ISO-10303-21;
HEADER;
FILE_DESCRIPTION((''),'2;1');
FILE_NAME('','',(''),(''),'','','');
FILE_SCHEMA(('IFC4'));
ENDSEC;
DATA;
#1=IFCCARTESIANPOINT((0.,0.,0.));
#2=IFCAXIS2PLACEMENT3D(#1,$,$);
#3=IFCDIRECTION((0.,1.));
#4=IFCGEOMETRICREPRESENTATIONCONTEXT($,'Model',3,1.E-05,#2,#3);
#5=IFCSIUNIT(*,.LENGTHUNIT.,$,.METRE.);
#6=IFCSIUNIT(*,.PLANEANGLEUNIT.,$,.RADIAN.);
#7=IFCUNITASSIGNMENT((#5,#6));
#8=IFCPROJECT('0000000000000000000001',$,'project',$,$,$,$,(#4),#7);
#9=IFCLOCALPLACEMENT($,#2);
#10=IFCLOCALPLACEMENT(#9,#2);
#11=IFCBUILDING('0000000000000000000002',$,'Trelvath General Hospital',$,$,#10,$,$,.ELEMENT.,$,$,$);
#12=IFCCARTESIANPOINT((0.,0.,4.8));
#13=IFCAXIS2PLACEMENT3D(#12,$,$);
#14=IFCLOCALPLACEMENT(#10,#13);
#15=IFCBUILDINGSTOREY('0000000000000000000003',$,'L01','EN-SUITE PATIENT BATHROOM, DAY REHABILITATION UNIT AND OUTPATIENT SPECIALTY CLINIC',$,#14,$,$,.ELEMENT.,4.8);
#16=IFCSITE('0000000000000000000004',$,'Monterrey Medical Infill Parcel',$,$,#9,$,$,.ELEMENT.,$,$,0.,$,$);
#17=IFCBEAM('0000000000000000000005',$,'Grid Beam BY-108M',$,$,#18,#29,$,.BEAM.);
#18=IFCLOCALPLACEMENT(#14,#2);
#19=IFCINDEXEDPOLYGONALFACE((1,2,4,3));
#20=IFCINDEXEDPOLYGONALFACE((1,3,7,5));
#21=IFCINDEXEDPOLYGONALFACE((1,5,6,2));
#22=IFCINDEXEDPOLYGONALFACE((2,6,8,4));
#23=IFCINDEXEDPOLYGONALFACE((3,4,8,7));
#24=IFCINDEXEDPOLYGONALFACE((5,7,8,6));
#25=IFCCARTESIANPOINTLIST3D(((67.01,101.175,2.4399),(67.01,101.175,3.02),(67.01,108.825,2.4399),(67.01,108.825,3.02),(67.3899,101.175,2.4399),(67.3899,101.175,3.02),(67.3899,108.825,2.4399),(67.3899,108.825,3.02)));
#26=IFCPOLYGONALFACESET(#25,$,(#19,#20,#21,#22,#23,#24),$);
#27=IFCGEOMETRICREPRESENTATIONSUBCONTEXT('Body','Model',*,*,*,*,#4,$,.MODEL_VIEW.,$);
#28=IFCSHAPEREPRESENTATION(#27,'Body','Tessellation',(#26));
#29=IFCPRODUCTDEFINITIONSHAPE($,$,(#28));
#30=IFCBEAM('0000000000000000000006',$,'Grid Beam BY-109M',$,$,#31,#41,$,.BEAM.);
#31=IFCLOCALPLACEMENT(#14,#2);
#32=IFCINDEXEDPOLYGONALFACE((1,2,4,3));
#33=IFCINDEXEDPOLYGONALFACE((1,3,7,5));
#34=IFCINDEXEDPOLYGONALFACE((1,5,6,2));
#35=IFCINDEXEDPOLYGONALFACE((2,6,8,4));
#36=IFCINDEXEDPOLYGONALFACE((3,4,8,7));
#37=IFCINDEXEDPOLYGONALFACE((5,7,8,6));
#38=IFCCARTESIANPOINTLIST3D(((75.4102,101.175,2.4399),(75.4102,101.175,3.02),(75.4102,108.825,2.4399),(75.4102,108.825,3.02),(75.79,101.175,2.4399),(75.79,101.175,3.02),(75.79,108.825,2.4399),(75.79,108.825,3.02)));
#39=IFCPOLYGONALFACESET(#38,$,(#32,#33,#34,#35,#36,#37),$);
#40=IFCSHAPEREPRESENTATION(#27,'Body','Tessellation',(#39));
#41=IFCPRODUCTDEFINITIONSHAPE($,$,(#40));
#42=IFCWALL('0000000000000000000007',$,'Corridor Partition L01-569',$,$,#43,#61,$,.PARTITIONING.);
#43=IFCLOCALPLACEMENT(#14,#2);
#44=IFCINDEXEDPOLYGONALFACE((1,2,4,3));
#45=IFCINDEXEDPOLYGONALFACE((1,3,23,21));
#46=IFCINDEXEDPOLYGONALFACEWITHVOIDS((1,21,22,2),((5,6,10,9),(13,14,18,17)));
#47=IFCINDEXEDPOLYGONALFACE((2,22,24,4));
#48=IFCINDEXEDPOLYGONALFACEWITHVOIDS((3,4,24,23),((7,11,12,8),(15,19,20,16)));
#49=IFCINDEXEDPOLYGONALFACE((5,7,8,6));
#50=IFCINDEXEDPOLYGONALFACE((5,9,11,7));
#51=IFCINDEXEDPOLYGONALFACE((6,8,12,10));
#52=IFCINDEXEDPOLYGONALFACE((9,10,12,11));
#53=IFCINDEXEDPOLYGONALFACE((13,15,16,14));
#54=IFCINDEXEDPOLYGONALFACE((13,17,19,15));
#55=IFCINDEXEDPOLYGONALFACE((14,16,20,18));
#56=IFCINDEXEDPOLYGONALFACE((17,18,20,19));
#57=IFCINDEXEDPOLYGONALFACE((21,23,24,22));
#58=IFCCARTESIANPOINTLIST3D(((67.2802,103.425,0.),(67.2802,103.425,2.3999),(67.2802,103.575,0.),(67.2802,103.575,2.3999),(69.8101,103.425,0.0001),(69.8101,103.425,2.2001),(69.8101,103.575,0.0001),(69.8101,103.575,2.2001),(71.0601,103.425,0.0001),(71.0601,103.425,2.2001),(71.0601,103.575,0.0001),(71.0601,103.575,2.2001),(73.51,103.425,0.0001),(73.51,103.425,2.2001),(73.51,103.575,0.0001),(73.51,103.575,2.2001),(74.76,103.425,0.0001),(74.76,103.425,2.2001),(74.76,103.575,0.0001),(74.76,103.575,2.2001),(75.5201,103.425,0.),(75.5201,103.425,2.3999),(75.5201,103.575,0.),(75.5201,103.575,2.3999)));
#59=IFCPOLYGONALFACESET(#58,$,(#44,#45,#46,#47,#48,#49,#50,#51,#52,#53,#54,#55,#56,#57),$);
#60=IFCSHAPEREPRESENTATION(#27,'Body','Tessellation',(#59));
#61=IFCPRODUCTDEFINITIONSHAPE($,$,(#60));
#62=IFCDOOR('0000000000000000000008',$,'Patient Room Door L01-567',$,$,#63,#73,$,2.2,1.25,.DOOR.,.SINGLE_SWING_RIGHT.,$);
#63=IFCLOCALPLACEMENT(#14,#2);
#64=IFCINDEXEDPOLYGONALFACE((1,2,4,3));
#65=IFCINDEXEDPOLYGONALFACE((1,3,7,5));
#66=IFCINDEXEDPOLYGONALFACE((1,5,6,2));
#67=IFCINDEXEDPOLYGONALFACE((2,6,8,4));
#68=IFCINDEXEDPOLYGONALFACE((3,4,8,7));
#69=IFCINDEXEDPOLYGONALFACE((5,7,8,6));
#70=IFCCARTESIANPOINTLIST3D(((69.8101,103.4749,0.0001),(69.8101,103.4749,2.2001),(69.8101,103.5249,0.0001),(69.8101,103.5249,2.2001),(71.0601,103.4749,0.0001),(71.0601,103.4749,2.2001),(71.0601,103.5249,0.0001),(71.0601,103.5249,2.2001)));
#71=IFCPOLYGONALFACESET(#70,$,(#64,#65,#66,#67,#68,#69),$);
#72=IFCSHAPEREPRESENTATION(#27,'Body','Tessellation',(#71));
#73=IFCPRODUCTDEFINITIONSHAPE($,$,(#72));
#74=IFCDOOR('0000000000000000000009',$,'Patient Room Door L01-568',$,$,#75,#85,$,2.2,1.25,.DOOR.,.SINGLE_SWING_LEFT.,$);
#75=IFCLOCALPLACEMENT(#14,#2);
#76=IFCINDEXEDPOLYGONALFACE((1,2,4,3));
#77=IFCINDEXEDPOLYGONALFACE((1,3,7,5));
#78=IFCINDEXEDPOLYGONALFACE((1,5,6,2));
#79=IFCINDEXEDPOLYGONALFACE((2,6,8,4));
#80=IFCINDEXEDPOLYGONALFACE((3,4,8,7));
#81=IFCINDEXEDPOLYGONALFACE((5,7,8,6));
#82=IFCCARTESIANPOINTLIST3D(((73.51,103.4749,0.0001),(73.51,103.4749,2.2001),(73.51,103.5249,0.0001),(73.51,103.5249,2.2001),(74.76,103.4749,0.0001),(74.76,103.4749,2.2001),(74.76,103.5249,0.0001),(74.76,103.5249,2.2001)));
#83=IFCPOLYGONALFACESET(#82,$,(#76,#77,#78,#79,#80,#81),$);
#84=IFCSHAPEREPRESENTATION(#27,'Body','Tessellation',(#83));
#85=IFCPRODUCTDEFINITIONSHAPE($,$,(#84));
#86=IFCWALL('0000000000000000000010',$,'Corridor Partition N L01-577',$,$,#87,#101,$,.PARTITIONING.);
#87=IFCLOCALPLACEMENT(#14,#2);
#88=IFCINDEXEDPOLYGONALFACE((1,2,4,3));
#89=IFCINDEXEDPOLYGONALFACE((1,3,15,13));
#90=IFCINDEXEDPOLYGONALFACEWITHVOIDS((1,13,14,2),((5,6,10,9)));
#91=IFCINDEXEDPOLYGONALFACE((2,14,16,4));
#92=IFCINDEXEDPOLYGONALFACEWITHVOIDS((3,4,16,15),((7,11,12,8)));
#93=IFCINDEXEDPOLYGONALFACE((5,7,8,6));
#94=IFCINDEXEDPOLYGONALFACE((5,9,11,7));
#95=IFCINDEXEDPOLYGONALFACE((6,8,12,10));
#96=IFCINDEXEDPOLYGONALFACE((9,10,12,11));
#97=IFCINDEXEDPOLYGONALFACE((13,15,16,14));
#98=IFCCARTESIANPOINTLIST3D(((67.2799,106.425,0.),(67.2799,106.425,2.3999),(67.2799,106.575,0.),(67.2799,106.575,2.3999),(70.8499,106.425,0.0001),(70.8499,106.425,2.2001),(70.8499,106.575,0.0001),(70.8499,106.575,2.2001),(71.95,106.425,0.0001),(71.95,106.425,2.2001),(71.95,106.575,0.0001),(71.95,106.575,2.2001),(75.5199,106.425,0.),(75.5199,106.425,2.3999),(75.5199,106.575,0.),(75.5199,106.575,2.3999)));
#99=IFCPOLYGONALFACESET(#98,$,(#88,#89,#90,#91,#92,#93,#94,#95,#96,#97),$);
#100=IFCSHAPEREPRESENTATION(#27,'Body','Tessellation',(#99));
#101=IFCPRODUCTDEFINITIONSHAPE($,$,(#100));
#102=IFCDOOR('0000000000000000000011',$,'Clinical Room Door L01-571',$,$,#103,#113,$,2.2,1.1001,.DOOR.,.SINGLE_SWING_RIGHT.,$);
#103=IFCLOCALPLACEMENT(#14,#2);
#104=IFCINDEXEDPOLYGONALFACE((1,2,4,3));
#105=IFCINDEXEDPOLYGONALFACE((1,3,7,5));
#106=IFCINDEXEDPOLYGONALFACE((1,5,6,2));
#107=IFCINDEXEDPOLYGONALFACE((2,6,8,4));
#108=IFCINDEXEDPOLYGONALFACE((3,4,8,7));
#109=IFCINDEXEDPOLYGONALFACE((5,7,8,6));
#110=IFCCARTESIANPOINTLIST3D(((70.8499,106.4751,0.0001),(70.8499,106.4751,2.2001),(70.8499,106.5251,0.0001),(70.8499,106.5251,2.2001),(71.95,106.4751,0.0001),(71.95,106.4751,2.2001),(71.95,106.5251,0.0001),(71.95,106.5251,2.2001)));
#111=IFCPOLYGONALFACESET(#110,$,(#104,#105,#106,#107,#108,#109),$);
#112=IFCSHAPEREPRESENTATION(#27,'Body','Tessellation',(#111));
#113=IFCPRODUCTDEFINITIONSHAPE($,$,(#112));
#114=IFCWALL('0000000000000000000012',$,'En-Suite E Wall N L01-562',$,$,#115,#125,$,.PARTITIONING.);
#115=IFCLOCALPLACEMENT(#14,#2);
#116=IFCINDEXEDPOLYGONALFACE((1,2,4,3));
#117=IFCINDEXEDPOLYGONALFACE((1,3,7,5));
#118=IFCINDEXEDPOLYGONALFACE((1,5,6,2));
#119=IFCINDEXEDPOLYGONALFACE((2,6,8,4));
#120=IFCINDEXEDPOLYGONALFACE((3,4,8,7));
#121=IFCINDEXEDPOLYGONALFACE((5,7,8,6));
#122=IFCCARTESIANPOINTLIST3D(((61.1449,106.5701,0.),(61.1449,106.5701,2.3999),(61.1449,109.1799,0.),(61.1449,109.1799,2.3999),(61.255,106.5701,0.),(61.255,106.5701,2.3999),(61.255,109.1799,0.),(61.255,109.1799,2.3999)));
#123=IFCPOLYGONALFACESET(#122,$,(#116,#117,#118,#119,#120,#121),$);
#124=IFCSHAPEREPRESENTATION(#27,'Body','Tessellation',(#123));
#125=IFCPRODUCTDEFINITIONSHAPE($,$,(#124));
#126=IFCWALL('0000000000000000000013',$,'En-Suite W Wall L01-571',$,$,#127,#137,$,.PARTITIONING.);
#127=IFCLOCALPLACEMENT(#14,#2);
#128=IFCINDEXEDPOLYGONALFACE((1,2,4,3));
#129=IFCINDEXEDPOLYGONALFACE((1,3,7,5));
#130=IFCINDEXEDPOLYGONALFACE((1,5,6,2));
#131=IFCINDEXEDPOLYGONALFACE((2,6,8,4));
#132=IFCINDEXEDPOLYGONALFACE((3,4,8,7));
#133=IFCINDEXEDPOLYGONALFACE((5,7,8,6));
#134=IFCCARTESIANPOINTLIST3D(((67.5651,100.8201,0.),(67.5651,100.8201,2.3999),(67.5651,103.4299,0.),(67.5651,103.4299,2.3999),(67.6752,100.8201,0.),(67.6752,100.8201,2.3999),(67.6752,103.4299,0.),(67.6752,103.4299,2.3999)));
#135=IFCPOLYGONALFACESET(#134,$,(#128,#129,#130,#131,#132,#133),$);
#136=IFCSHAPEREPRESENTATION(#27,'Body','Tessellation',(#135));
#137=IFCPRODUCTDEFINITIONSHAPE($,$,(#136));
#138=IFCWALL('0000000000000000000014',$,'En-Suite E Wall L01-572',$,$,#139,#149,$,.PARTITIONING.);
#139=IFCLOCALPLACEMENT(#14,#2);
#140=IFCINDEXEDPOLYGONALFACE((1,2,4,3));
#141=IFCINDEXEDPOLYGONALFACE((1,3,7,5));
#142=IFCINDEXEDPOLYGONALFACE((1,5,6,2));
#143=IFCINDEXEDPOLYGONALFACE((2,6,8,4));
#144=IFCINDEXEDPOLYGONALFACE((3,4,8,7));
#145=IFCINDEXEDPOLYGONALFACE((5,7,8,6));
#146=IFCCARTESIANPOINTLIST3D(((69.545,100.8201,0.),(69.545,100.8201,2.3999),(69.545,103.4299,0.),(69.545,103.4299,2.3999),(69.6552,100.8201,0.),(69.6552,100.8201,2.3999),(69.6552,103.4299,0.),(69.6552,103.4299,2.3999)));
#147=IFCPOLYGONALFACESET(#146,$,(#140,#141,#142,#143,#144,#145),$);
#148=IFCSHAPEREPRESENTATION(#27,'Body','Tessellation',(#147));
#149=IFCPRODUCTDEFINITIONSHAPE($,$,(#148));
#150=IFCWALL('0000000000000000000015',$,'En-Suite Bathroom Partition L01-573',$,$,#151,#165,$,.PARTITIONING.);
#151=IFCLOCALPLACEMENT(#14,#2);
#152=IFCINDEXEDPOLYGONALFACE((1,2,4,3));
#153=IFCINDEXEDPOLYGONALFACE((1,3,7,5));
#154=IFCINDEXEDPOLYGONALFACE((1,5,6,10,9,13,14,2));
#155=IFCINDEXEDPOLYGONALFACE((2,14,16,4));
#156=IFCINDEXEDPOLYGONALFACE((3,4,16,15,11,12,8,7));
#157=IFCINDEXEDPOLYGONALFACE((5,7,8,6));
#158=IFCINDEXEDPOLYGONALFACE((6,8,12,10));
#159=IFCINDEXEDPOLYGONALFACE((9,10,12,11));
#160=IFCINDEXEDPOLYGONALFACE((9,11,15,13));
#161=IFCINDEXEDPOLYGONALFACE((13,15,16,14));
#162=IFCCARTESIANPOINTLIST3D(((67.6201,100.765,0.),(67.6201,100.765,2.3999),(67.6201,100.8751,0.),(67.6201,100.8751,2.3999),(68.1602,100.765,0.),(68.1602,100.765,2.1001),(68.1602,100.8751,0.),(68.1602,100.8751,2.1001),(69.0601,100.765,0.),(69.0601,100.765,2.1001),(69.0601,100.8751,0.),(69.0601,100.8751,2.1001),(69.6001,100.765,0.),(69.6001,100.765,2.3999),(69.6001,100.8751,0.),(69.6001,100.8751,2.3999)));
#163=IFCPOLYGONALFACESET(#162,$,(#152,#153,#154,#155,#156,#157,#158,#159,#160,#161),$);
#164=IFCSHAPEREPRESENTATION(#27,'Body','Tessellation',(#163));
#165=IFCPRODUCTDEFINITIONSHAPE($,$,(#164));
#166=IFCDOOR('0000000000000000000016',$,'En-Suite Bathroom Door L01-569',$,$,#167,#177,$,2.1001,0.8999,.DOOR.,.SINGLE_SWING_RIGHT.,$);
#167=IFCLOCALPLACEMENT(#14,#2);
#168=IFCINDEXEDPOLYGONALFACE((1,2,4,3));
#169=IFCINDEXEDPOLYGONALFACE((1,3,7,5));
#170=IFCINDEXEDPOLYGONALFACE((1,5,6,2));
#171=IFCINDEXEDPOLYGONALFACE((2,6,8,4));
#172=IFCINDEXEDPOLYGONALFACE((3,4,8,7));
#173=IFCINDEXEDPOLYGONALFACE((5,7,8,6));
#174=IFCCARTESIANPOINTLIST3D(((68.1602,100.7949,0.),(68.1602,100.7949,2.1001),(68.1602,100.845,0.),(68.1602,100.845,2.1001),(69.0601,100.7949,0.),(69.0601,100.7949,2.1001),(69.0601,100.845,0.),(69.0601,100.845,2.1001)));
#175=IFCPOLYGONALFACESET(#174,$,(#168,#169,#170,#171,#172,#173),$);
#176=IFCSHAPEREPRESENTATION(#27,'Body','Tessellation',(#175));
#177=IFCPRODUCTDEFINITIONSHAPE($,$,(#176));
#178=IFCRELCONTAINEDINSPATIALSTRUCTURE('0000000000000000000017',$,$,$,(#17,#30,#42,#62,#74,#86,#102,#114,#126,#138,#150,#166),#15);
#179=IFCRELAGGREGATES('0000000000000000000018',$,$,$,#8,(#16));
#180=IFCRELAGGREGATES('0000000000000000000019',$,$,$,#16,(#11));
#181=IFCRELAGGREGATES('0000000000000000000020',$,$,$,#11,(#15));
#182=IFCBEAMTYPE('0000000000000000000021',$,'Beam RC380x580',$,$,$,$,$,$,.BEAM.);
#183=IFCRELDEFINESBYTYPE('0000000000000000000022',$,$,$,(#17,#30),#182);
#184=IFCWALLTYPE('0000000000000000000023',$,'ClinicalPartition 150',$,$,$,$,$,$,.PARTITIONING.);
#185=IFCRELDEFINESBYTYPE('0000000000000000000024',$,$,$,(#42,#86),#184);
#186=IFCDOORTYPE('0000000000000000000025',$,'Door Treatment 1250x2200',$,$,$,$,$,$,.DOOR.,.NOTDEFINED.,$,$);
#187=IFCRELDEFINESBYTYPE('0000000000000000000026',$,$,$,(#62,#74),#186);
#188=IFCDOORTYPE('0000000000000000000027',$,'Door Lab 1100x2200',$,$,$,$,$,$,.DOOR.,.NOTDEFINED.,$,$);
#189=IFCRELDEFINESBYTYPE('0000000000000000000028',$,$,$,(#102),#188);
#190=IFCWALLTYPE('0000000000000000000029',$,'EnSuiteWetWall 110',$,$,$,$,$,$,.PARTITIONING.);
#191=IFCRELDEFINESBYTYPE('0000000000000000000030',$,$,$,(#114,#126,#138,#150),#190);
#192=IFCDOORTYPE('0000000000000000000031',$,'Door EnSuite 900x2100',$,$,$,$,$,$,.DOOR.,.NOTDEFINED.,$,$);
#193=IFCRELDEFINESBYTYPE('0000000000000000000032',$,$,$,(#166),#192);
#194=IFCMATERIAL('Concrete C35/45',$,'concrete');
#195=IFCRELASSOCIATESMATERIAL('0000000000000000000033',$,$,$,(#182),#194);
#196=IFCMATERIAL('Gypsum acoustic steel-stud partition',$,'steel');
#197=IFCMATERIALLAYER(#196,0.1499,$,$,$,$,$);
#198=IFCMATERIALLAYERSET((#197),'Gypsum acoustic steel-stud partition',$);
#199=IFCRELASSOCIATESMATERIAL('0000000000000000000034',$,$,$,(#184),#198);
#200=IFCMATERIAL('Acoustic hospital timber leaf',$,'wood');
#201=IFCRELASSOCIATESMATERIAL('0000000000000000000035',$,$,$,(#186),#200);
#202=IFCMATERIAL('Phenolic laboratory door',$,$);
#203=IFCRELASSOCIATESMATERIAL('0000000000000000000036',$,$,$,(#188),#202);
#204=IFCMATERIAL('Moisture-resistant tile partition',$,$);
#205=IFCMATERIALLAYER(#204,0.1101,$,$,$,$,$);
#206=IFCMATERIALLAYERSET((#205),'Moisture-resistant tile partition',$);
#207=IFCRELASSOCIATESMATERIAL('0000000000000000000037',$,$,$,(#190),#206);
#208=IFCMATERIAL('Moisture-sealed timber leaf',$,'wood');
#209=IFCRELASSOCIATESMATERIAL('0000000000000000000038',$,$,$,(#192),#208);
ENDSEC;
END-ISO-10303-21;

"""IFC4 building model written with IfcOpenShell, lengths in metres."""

from ifc_helpers import new_model, si_unit, direction, frame, frame_2d, origin, origin_2d, place, context, subcontext, project, spatial, rectangle, extrude, material, layer, layer_set, material_profile, profile_set, type_object, element, fill, save


model = new_model("IFC4")

# Units and contexts
model_context = context("Model", 3, precision=1e-05, world=origin(), true_north=direction((0.0, 1.0)))
body_context = subcontext(model_context, "Body", "Model", "MODEL_VIEW")
ifc_project = project(units=[si_unit("LENGTHUNIT", "METRE"), si_unit("PLANEANGLEUNIT", "RADIAN")], contexts=[model_context])

# Site, building, storey
site_placement = place(None, origin())
site = spatial("IfcSite", under=ifc_project, at=site_placement, Name="Monterrey Medical Infill Parcel", CompositionType="ELEMENT", RefElevation=0.0)
building_placement = place(site_placement, origin())
building = spatial("IfcBuilding", under=site, at=building_placement, Name="Trelvath General Hospital", CompositionType="ELEMENT")
storey_placement = place(building_placement, frame((0.0, 0.0, 4.8)))
storey = spatial("IfcBuildingStorey", under=building, at=storey_placement, Name="L01", Description="EN-SUITE PATIENT BATHROOM, DAY REHABILITATION UNIT AND OUTPATIENT SPECIALTY CLINIC", CompositionType="ELEMENT", Elevation=4.8)

# Beams
ifc_material_1 = material(Name="Concrete C35/45", Category="concrete")
ifc_material_profile = material_profile(ifc_material_1, rectangle(XDim=0.3799, YDim=0.5801, at=origin_2d()), Name="RCB380x580")
ifc_profile_set = profile_set([ifc_material_profile], Name="Concrete C35/45")
beam_type = type_object("IfcBeamType", Name="Beam RC380x580", PredefinedType="BEAM", material=ifc_profile_set)
for number, where, z_axis, x_axis, name in (
    (1, (67.2, 101.175, 2.73), (0.0, 1.0, 0.0), (-1.0, 0.0, 0.0), "Grid Beam BY-108M"),
    (2, (75.6001, 101.175, 2.73), (0.0, 1.0, 0.0), (-1.0, 0.0, 0.0), "Grid Beam BY-109M"),
):
    element("IfcBeam", number, at=place(storey_placement, frame(where, z_axis=z_axis, x_axis=x_axis)), inside=storey, type_object=beam_type, Name=name, PredefinedType="BEAM", context=body_context, shape_type="SweptSolid", body=[
        extrude(rectangle(XDim=0.3799, YDim=0.5801, at=origin_2d()), origin(), (0.0, 0.0, 1.0), 7.6499),
    ])

# Wall, openings, doors
ifc_material_2 = material(Name="Gypsum acoustic steel-stud partition", Category="steel")
ifc_layer_1 = layer(ifc_material_2, 0.1499)
ifc_layer_set_1 = layer_set([ifc_layer_1], Name="Gypsum acoustic steel-stud partition")
wall_type_1 = type_object("IfcWallType", Name="ClinicalPartition 150", PredefinedType="PARTITIONING", material=ifc_layer_set_1)
wall_1_placement = place(storey_placement, frame((67.28, 103.5, 0.0), z_axis=(0.0, 0.0, 1.0), x_axis=(1.0, 0.0, 0.0)))
wall_1 = element("IfcWall", 3, at=wall_1_placement, inside=storey, type_object=wall_type_1, Name="Corridor Partition L01-569", PredefinedType="PARTITIONING", context=body_context, shape_type="SweptSolid", body=[
    extrude(rectangle(XDim=8.24, YDim=0.1499, at=frame_2d((4.1201, 0.0))), origin(), (0.0, 0.0, 1.0), 2.3999),
])
opening_1_placement = place(wall_1_placement, frame((2.53, 0.0, 0.0)))
opening_1 = element("IfcOpeningElement", 4, at=opening_1_placement, cuts=wall_1, PredefinedType="OPENING", context=body_context, shape_type="SweptSolid", body=[
    extrude(rectangle(XDim=1.25, YDim=2.2, at=frame_2d((0.625, 1.1001))), frame((0.0, 0.085, 0.0), z_axis=(0.0, -1.0, 0.0), x_axis=(1.0, 0.0, 0.0)), (0.0, 0.0, 1.0), 0.1699),
])
opening_2_placement = place(wall_1_placement, frame((6.23, 0.0, 0.0)))
opening_2 = element("IfcOpeningElement", 5, at=opening_2_placement, cuts=wall_1, PredefinedType="OPENING", context=body_context, shape_type="SweptSolid", body=[
    extrude(rectangle(XDim=1.25, YDim=2.2, at=frame_2d((0.625, 1.1001))), frame((0.0, 0.085, 0.0), z_axis=(0.0, -1.0, 0.0), x_axis=(1.0, 0.0, 0.0)), (0.0, 0.0, 1.0), 0.1699),
])
ifc_material_3 = material(Name="Acoustic hospital timber leaf", Category="wood")
door_type_1 = type_object("IfcDoorType", Name="Door Treatment 1250x2200", OperationType="NOTDEFINED", PredefinedType="DOOR", material=ifc_material_3)
door_1_placement = place(opening_1_placement, origin())
door_1 = element("IfcDoor", 6, at=door_1_placement, inside=storey, type_object=door_type_1, Name="Patient Room Door L01-567", OperationType="SINGLE_SWING_RIGHT", OverallHeight=2.2, OverallWidth=1.25, PredefinedType="DOOR", context=body_context, shape_type="SweptSolid", body=[
    extrude(rectangle(XDim=1.25, YDim=2.2, at=frame_2d((0.625, 1.1001))), frame((0.0, 0.0249, 0.0), z_axis=(0.0, -1.0, 0.0), x_axis=(1.0, 0.0, 0.0)), (0.0, 0.0, 1.0), 0.05),
])
fill(opening_1, door_1)
door_2_placement = place(opening_2_placement, origin())
door_2 = element("IfcDoor", 7, at=door_2_placement, inside=storey, type_object=door_type_1, Name="Patient Room Door L01-568", OperationType="SINGLE_SWING_LEFT", OverallHeight=2.2, OverallWidth=1.25, PredefinedType="DOOR", context=body_context, shape_type="SweptSolid", body=[
    extrude(rectangle(XDim=1.25, YDim=2.2, at=frame_2d((0.625, 1.1001))), frame((0.0, 0.0249, 0.0), z_axis=(0.0, -1.0, 0.0), x_axis=(1.0, 0.0, 0.0)), (0.0, 0.0, 1.0), 0.05),
])
fill(opening_2, door_2)

# Wall, opening, door
wall_2_placement = place(storey_placement, frame((75.52, 106.5, 0.0), z_axis=(0.0, 0.0, 1.0), x_axis=(-1.0, 0.0, 0.0)))
wall_2 = element("IfcWall", 8, at=wall_2_placement, inside=storey, type_object=wall_type_1, Name="Corridor Partition N L01-577", PredefinedType="PARTITIONING", context=body_context, shape_type="SweptSolid", body=[
    extrude(rectangle(XDim=8.24, YDim=0.1499, at=frame_2d((4.1201, 0.0))), origin(), (0.0, 0.0, 1.0), 2.3999),
])
opening_3_placement = place(wall_2_placement, frame((3.5701, 0.0, 0.0)))
opening_3 = element("IfcOpeningElement", 9, at=opening_3_placement, cuts=wall_2, PredefinedType="OPENING", context=body_context, shape_type="SweptSolid", body=[
    extrude(rectangle(XDim=1.1001, YDim=2.2, at=frame_2d((0.55, 1.1001))), frame((0.0, 0.085, 0.0), z_axis=(0.0, -1.0, 0.0), x_axis=(1.0, 0.0, 0.0)), (0.0, 0.0, 1.0), 0.1699),
])
ifc_material_4 = material(Name="Phenolic laboratory door")
door_type_2 = type_object("IfcDoorType", Name="Door Lab 1100x2200", OperationType="NOTDEFINED", PredefinedType="DOOR", material=ifc_material_4)
door_3_placement = place(opening_3_placement, origin())
door_3 = element("IfcDoor", 10, at=door_3_placement, inside=storey, type_object=door_type_2, Name="Clinical Room Door L01-571", OperationType="SINGLE_SWING_RIGHT", OverallHeight=2.2, OverallWidth=1.1001, PredefinedType="DOOR", context=body_context, shape_type="SweptSolid", body=[
    extrude(rectangle(XDim=1.1001, YDim=2.2, at=frame_2d((0.55, 1.1001))), frame((0.0, 0.0249, 0.0), z_axis=(0.0, -1.0, 0.0), x_axis=(1.0, 0.0, 0.0)), (0.0, 0.0, 1.0), 0.05),
])
fill(opening_3, door_3)

# Walls
ifc_material_5 = material(Name="Moisture-resistant tile partition")
ifc_layer_2 = layer(ifc_material_5, 0.1101)
ifc_layer_set_2 = layer_set([ifc_layer_2], Name="Moisture-resistant tile partition")
wall_type_2 = type_object("IfcWallType", Name="EnSuiteWetWall 110", PredefinedType="PARTITIONING", material=ifc_layer_set_2)
for number, where, z_axis, x_axis, name in (
    (11, (61.2, 106.5701, 0.0), (0.0, 0.0, 1.0), (0.0, 1.0, 0.0), "En-Suite E Wall N L01-562"),
    (12, (67.6201, 100.8201, 0.0), (0.0, 0.0, 1.0), (0.0, 1.0, 0.0), "En-Suite W Wall L01-571"),
    (13, (69.6001, 100.8201, 0.0), (0.0, 0.0, 1.0), (0.0, 1.0, 0.0), "En-Suite E Wall L01-572"),
):
    element("IfcWall", number, at=place(storey_placement, frame(where, z_axis=z_axis, x_axis=x_axis)), inside=storey, type_object=wall_type_2, Name=name, PredefinedType="PARTITIONING", context=body_context, shape_type="SweptSolid", body=[
        extrude(rectangle(XDim=2.6099, YDim=0.1101, at=frame_2d((1.3049, 0.0))), origin(), (0.0, 0.0, 1.0), 2.3999),
    ])

# Wall, opening, door
wall_3_placement = place(storey_placement, frame((67.6201, 100.8201, 0.0), z_axis=(0.0, 0.0, 1.0), x_axis=(1.0, 0.0, 0.0)))
wall_3 = element("IfcWall", 14, at=wall_3_placement, inside=storey, type_object=wall_type_2, Name="En-Suite Bathroom Partition L01-573", PredefinedType="PARTITIONING", context=body_context, shape_type="SweptSolid", body=[
    extrude(rectangle(XDim=1.98, YDim=0.1101, at=frame_2d((0.99, 0.0))), origin(), (0.0, 0.0, 1.0), 2.3999),
])
opening_4_placement = place(wall_3_placement, frame((0.54, 0.0, 0.0)))
opening_4 = element("IfcOpeningElement", 15, at=opening_4_placement, cuts=wall_3, PredefinedType="OPENING", context=body_context, shape_type="SweptSolid", body=[
    extrude(rectangle(XDim=0.8999, YDim=2.1001, at=frame_2d((0.45, 1.05))), frame((0.0, 0.0649, 0.0), z_axis=(0.0, -1.0, 0.0), x_axis=(1.0, 0.0, 0.0)), (0.0, 0.0, 1.0), 0.1301),
])
ifc_material_6 = material(Name="Moisture-sealed timber leaf", Category="wood")
door_type_3 = type_object("IfcDoorType", Name="Door EnSuite 900x2100", OperationType="NOTDEFINED", PredefinedType="DOOR", material=ifc_material_6)
door_4_placement = place(opening_4_placement, origin())
door_4 = element("IfcDoor", 16, at=door_4_placement, inside=storey, type_object=door_type_3, Name="En-Suite Bathroom Door L01-569", OperationType="SINGLE_SWING_RIGHT", OverallHeight=2.1001, OverallWidth=0.8999, PredefinedType="DOOR", context=body_context, shape_type="SweptSolid", body=[
    extrude(rectangle(XDim=0.8999, YDim=2.1001, at=frame_2d((0.45, 1.05))), frame((0.0, 0.0249, 0.0), z_axis=(0.0, -1.0, 0.0), x_axis=(1.0, 0.0, 0.0)), (0.0, 0.0, 1.0), 0.05),
])
fill(opening_4, door_4)

save(model, "model.ifc")
